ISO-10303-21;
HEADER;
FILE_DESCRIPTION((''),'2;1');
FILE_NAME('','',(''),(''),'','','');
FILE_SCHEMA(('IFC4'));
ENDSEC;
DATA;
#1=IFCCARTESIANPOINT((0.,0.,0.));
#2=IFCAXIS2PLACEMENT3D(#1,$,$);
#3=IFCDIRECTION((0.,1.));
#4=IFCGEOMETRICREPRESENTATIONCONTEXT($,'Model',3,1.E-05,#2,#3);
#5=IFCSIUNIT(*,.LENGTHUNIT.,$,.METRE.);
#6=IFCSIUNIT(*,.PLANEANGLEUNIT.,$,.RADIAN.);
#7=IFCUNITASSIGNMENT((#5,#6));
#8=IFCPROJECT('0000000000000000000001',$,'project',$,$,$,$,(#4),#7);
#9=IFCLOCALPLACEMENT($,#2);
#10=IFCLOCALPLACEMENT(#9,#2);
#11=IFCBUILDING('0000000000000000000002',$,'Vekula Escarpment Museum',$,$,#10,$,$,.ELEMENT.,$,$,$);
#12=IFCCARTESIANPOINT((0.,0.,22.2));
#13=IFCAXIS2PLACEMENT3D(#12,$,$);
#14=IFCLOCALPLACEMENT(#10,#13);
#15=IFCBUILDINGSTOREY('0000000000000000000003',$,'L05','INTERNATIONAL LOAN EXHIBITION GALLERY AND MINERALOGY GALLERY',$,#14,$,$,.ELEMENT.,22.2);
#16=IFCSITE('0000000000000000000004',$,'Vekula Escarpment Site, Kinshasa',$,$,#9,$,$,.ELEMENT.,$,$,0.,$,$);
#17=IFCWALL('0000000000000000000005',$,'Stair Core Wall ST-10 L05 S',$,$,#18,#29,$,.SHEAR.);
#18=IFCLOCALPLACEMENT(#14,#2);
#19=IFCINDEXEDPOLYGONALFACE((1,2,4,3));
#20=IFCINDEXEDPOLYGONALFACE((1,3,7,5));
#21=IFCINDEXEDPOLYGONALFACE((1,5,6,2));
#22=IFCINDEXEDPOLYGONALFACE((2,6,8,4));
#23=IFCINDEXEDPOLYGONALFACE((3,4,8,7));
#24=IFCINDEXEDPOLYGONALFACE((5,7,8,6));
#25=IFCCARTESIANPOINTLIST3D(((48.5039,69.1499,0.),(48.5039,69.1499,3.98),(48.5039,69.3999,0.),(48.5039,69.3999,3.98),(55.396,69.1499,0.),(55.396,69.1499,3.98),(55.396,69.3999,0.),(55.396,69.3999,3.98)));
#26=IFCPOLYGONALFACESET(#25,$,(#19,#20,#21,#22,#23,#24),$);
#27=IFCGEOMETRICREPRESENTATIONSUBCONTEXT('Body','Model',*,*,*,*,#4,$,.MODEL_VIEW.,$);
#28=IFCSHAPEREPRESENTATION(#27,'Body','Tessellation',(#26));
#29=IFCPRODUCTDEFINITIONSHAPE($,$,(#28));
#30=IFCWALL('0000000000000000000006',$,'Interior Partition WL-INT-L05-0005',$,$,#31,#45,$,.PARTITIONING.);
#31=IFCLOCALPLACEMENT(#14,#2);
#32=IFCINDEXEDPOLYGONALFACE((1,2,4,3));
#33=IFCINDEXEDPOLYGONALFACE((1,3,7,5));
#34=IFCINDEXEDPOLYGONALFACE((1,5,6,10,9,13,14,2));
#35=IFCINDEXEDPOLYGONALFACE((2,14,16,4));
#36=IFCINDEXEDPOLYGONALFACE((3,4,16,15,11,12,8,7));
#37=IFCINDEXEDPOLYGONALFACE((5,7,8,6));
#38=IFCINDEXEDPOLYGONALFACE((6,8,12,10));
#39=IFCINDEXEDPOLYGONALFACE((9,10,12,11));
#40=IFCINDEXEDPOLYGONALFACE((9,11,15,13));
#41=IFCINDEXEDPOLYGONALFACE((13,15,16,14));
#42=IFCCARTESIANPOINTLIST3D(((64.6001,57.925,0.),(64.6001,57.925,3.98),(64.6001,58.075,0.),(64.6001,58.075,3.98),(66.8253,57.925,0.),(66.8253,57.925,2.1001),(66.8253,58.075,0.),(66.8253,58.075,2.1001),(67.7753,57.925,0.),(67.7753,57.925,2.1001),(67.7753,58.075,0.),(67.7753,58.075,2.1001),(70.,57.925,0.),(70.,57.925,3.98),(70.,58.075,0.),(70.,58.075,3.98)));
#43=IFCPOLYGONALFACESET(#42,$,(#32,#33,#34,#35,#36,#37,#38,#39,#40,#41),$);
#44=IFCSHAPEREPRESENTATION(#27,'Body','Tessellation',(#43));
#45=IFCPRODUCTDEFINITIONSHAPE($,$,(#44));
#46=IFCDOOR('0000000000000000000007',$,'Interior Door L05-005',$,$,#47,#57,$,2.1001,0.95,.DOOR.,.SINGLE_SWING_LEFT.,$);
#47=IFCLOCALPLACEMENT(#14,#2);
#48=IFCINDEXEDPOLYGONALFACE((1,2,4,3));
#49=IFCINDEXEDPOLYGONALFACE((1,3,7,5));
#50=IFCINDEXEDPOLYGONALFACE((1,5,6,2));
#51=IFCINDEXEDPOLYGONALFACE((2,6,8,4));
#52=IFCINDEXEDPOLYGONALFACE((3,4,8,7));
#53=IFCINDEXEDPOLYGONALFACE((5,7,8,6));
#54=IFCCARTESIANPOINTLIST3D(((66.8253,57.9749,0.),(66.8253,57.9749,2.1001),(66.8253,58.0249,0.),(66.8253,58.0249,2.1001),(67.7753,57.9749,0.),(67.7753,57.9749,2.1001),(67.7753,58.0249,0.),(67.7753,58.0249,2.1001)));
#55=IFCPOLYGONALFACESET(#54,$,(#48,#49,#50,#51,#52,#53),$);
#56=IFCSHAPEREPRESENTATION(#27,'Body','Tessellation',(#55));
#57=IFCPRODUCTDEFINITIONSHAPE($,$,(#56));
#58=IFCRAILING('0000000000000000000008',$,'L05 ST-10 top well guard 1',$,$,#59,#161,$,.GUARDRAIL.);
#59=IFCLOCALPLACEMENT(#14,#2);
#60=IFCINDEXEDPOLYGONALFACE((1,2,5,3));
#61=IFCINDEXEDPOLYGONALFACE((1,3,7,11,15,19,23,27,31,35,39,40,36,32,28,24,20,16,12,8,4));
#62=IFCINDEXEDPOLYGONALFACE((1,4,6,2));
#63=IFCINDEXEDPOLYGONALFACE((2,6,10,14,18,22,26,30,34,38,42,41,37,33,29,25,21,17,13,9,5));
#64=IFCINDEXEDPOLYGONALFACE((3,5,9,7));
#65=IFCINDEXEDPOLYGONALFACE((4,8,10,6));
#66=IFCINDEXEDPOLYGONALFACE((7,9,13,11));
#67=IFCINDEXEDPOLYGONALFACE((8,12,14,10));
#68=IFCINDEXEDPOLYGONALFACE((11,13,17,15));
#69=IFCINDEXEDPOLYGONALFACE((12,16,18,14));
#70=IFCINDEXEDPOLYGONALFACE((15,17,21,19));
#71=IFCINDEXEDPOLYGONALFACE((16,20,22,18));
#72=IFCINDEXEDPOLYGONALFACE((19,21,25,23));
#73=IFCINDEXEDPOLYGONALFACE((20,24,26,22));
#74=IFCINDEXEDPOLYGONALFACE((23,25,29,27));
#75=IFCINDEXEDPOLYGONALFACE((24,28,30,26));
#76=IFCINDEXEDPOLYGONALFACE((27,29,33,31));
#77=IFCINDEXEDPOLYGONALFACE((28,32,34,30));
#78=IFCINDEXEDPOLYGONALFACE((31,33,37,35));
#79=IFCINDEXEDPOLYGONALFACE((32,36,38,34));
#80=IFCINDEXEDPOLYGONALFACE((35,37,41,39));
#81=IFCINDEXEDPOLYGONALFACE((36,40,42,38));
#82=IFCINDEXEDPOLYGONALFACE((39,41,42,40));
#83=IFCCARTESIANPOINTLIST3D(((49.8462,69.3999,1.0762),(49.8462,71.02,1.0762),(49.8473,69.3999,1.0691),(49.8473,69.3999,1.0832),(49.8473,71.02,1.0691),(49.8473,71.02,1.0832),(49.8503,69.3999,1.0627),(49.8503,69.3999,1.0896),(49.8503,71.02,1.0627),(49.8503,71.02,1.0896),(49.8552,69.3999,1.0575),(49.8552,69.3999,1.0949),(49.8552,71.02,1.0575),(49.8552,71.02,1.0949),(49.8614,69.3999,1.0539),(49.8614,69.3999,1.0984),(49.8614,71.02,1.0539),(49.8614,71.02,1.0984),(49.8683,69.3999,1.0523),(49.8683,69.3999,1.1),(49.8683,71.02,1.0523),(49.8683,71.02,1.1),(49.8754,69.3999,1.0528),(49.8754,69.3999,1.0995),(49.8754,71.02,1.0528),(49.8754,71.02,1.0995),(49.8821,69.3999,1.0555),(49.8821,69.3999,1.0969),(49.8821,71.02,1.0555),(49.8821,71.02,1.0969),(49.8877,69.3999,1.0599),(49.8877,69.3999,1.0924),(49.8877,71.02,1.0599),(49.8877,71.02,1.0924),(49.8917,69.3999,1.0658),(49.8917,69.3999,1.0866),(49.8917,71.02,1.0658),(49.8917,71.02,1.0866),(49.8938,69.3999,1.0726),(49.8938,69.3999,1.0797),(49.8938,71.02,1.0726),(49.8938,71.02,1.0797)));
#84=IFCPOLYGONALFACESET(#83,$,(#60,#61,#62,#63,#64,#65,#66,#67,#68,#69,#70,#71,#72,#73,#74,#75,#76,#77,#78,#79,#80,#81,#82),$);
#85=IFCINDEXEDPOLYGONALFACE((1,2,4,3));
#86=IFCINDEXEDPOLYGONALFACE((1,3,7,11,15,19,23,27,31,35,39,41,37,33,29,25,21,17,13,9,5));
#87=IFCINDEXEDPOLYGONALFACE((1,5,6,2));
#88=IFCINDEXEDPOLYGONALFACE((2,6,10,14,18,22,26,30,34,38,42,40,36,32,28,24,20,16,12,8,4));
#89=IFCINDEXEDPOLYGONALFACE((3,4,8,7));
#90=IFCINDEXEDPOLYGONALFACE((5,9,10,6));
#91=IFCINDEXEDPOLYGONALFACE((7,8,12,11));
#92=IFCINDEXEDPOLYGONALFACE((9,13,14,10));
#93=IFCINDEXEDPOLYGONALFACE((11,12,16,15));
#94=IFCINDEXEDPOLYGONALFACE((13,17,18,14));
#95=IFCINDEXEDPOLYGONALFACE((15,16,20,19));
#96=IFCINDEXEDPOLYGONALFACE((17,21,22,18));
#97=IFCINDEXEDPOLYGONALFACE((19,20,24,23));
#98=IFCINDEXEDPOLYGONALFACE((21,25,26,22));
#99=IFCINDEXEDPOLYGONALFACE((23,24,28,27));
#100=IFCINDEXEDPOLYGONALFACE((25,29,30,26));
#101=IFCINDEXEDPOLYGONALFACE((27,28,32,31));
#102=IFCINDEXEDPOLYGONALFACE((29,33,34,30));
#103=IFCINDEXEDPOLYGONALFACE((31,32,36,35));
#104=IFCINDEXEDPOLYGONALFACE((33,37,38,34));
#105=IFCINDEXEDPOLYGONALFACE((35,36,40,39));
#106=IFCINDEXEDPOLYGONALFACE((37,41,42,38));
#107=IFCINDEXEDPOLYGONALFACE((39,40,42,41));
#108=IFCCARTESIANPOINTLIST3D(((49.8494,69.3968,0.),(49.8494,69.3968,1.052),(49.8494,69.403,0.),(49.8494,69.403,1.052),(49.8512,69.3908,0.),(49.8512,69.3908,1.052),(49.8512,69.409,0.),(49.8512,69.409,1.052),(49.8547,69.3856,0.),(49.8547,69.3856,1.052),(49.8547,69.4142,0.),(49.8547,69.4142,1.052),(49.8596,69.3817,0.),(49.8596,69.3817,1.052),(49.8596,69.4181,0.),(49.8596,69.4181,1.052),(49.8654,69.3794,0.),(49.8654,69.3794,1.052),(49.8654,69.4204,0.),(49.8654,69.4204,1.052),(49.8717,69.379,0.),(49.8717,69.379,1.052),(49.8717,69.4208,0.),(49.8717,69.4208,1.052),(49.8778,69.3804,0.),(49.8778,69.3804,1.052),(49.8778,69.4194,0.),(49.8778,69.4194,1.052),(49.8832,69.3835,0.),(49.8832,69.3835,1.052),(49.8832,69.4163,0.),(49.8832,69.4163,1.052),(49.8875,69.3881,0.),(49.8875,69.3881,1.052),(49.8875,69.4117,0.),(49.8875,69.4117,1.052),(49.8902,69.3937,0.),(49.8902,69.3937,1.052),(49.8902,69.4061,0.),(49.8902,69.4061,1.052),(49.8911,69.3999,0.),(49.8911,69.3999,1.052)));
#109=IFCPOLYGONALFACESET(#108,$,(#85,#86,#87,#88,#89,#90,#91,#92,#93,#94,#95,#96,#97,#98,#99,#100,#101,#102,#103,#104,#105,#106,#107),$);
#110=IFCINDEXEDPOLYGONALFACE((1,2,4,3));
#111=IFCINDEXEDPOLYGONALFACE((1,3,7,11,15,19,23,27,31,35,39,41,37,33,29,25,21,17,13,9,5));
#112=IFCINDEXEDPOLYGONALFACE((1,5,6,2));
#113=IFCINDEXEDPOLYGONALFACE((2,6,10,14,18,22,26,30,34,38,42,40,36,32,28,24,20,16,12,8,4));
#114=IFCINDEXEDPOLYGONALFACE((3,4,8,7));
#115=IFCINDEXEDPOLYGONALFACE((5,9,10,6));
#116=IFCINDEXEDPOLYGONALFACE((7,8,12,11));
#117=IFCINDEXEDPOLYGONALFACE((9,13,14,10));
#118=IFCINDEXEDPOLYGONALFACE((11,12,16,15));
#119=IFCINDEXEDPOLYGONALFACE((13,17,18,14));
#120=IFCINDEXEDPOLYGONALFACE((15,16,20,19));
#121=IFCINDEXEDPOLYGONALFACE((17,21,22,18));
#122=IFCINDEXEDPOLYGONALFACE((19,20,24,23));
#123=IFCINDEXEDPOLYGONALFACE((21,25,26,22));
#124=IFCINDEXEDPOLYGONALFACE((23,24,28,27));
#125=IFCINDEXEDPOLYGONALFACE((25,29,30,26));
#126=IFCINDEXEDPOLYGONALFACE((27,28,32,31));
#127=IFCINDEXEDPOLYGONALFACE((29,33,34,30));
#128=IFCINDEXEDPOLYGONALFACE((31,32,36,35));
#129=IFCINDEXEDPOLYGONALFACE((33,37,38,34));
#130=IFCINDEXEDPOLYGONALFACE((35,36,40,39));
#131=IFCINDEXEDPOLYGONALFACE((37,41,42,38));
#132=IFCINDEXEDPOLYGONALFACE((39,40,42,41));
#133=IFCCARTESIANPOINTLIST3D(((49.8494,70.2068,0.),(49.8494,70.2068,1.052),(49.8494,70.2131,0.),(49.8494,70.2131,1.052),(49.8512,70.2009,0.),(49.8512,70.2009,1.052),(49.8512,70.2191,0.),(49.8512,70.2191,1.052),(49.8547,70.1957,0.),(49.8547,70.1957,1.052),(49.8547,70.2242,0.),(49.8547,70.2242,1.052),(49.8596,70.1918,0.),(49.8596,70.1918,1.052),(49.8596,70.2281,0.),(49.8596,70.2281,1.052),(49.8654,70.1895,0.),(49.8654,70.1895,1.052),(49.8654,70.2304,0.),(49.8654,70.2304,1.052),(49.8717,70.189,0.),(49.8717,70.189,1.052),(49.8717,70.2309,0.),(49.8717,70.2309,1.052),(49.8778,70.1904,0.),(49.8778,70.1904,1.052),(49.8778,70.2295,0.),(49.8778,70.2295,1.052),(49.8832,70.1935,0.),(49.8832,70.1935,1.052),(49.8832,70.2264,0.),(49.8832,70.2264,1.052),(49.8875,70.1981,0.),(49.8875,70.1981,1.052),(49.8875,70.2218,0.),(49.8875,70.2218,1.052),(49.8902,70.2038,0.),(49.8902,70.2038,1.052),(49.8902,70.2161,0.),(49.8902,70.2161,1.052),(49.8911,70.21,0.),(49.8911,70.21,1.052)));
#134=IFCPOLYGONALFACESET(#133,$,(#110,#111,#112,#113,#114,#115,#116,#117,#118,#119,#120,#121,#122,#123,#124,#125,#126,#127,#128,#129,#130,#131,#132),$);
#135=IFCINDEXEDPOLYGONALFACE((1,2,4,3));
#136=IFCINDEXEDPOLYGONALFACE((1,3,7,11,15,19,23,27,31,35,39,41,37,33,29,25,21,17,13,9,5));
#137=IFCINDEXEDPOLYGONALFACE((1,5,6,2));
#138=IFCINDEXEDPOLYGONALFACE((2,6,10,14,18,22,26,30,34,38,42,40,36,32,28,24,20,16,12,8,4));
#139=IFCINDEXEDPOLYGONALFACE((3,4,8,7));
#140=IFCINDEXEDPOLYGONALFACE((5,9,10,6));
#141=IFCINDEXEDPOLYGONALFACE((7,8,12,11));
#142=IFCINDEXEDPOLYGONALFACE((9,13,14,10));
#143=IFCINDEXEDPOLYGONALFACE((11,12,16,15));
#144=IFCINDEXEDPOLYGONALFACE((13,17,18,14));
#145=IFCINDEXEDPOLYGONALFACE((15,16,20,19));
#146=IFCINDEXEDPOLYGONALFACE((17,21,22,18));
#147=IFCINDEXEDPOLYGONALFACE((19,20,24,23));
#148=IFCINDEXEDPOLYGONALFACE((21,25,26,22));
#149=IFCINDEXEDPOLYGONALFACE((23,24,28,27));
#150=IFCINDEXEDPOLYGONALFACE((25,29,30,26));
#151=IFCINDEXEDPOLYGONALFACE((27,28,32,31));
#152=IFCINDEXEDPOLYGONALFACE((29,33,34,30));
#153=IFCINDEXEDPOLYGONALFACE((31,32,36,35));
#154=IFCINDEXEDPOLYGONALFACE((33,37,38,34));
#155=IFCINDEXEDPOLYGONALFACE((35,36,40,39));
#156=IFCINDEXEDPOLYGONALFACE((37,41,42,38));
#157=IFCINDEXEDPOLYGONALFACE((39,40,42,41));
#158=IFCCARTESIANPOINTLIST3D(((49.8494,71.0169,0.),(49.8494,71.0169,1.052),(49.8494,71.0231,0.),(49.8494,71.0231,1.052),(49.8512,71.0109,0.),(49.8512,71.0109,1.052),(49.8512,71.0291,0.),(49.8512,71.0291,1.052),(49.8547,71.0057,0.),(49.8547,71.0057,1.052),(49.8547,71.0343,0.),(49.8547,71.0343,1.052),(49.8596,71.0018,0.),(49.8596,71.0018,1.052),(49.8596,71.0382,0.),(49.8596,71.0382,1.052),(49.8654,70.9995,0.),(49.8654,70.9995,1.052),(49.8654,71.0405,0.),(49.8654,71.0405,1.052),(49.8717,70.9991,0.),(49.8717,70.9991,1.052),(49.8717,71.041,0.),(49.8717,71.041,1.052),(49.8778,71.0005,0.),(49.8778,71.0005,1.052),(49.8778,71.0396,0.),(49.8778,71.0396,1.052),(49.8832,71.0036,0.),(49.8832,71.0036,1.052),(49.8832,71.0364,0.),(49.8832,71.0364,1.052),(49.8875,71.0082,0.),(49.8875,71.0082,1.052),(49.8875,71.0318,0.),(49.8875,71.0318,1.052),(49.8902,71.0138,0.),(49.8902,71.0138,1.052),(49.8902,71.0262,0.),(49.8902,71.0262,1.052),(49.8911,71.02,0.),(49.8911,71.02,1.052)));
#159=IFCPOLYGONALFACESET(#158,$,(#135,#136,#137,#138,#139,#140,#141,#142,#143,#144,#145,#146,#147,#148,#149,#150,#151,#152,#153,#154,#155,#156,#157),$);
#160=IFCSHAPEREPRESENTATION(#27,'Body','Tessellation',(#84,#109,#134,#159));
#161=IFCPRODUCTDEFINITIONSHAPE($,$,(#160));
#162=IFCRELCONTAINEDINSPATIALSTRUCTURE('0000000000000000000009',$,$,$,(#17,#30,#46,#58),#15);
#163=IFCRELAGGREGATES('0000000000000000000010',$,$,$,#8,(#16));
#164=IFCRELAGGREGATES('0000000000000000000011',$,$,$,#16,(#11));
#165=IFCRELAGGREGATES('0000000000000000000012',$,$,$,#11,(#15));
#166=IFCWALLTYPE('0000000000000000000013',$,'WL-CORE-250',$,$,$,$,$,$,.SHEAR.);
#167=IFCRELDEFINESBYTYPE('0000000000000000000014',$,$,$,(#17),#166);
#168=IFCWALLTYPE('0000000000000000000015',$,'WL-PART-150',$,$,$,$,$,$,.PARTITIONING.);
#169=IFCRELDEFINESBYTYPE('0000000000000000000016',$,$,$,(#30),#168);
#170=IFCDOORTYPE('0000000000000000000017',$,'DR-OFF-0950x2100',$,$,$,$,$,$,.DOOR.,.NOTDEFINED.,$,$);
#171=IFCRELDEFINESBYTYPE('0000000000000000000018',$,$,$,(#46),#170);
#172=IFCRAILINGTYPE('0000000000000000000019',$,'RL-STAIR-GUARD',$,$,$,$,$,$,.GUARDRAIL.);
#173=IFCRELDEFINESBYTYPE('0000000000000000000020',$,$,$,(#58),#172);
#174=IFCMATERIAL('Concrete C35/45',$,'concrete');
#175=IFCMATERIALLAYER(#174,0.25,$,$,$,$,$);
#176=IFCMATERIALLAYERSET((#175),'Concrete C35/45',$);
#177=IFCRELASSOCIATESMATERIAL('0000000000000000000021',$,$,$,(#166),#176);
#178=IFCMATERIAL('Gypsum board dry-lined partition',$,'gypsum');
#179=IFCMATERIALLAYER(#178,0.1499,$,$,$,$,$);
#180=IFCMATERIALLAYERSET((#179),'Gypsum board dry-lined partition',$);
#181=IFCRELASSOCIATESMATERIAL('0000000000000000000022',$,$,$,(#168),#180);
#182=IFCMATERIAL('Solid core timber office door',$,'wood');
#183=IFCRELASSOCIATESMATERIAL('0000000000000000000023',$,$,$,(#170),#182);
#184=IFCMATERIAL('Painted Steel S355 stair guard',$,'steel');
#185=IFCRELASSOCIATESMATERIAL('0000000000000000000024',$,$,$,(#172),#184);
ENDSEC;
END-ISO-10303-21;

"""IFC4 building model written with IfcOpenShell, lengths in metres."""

from ifc_helpers import new_model, si_unit, direction, frame, frame_2d, origin, origin_2d, place, context, subcontext, project, spatial, rectangle, circle, extrude, material, layer, layer_set, type_object, element, fill, save


model = new_model("IFC4")

# Units and contexts
model_context = context("Model", 3, precision=1e-05, world=origin(), true_north=direction((0.0, 1.0)))
body_context = subcontext(model_context, "Body", "Model", "MODEL_VIEW")
ifc_project = project(units=[si_unit("LENGTHUNIT", "METRE"), si_unit("PLANEANGLEUNIT", "RADIAN")], contexts=[model_context])

# Site, building, storey
site_placement = place(None, origin())
site = spatial("IfcSite", under=ifc_project, at=site_placement, Name="Vekula Escarpment Site, Kinshasa", CompositionType="ELEMENT", RefElevation=0.0)
building_placement = place(site_placement, origin())
building = spatial("IfcBuilding", under=site, at=building_placement, Name="Vekula Escarpment Museum", CompositionType="ELEMENT")
storey_placement = place(building_placement, frame((0.0, 0.0, 22.2)))
storey = spatial("IfcBuildingStorey", under=building, at=storey_placement, Name="L05", Description="INTERNATIONAL LOAN EXHIBITION GALLERY AND MINERALOGY GALLERY", CompositionType="ELEMENT", Elevation=22.2)

# Shared definitions
ifc_material_1 = material(Name="Concrete C35/45", Category="concrete")
ifc_layer_1 = layer(ifc_material_1, 0.25)
ifc_layer_set_1 = layer_set([ifc_layer_1], Name="Concrete C35/45")
wall_type_1 = type_object("IfcWallType", Name="WL-CORE-250", PredefinedType="SHEAR", material=ifc_layer_set_1)

# Wall
wall_1_placement = place(storey_placement, frame((48.5039, 69.2749, 0.0), z_axis=(0.0, 0.0, 1.0), x_axis=(1.0, 0.0, 0.0)))
element("IfcWall", 1, at=wall_1_placement, inside=storey, type_object=wall_type_1, Name="Stair Core Wall ST-10 L05 S", PredefinedType="SHEAR", context=body_context, shape_type="SweptSolid", body=[
    extrude(rectangle(XDim=6.8921, YDim=0.25, at=frame_2d((3.446, 0.0))), origin(), (0.0, 0.0, 1.0), 3.98),
])

# Wall, opening, door
ifc_material_2 = material(Name="Gypsum board dry-lined partition", Category="gypsum")
ifc_layer_2 = layer(ifc_material_2, 0.1499)
ifc_layer_set_2 = layer_set([ifc_layer_2], Name="Gypsum board dry-lined partition")
wall_type_2 = type_object("IfcWallType", Name="WL-PART-150", PredefinedType="PARTITIONING", material=ifc_layer_set_2)
wall_2_placement = place(storey_placement, frame((64.6001, 58.0, 0.0), z_axis=(0.0, 0.0, 1.0), x_axis=(1.0, 0.0, 0.0)))
wall_2 = element("IfcWall", 2, at=wall_2_placement, inside=storey, type_object=wall_type_2, Name="Interior Partition WL-INT-L05-0005", PredefinedType="PARTITIONING", context=body_context, shape_type="SweptSolid", body=[
    extrude(rectangle(XDim=5.3999, YDim=0.1499, at=frame_2d((2.7, 0.0))), origin(), (0.0, 0.0, 1.0), 3.98),
])
opening_1_placement = place(wall_2_placement, frame((2.2251, 0.0, 0.0)))
opening_1 = element("IfcOpeningElement", 3, at=opening_1_placement, cuts=wall_2, PredefinedType="OPENING", context=body_context, shape_type="SweptSolid", body=[
    extrude(rectangle(XDim=0.95, YDim=2.1001, at=frame_2d((0.4751, 1.05))), frame((0.0, 0.085, 0.0), z_axis=(0.0, -1.0, 0.0), x_axis=(1.0, 0.0, 0.0)), (0.0, 0.0, 1.0), 0.1699),
])
ifc_material_3 = material(Name="Solid core timber office door", Category="wood")
door_type_1 = type_object("IfcDoorType", Name="DR-OFF-0950x2100", OperationType="NOTDEFINED", PredefinedType="DOOR", material=ifc_material_3)
door_1_placement = place(opening_1_placement, origin())
door_1 = element("IfcDoor", 4, at=door_1_placement, inside=storey, type_object=door_type_1, Name="Interior Door L05-005", OperationType="SINGLE_SWING_LEFT", OverallHeight=2.1001, OverallWidth=0.95, PredefinedType="DOOR", context=body_context, shape_type="SweptSolid", body=[
    extrude(rectangle(XDim=0.95, YDim=2.1001, at=frame_2d((0.4751, 1.05))), frame((0.0, 0.0249, 0.0), z_axis=(0.0, -1.0, 0.0), x_axis=(1.0, 0.0, 0.0)), (0.0, 0.0, 1.0), 0.05),
])
fill(opening_1, door_1)

# Railing
ifc_material_4 = material(Name="Painted Steel S355 stair guard", Category="steel")
railing_type = type_object("IfcRailingType", Name="RL-STAIR-GUARD", PredefinedType="GUARDRAIL", material=ifc_material_4)
railing_placement = place(storey_placement, frame((49.8701, 69.3999, 0.0)))
element("IfcRailing", 5, at=railing_placement, inside=storey, type_object=railing_type, Name="L05 ST-10 top well guard 1", PredefinedType="GUARDRAIL", context=body_context, shape_type="SweptSolid", body=[
    extrude(circle(Radius=0.0239, at=origin_2d()), frame((0.0, 0.0, 1.0762), z_axis=(0.0, 1.0, 0.0), x_axis=(-1.0, 0.0, 0.0)), (0.0, 0.0, 1.0), 1.6201),
    extrude(circle(Radius=0.021, at=origin_2d()), origin(), (0.0, 0.0, 1.0), 1.052),
    extrude(circle(Radius=0.021, at=origin_2d()), frame((0.0, 0.8101, 0.0)), (0.0, 0.0, 1.0), 1.052),
    extrude(circle(Radius=0.021, at=origin_2d()), frame((0.0, 1.6201, 0.0)), (0.0, 0.0, 1.0), 1.052),
])

save(model, "model.ifc")
